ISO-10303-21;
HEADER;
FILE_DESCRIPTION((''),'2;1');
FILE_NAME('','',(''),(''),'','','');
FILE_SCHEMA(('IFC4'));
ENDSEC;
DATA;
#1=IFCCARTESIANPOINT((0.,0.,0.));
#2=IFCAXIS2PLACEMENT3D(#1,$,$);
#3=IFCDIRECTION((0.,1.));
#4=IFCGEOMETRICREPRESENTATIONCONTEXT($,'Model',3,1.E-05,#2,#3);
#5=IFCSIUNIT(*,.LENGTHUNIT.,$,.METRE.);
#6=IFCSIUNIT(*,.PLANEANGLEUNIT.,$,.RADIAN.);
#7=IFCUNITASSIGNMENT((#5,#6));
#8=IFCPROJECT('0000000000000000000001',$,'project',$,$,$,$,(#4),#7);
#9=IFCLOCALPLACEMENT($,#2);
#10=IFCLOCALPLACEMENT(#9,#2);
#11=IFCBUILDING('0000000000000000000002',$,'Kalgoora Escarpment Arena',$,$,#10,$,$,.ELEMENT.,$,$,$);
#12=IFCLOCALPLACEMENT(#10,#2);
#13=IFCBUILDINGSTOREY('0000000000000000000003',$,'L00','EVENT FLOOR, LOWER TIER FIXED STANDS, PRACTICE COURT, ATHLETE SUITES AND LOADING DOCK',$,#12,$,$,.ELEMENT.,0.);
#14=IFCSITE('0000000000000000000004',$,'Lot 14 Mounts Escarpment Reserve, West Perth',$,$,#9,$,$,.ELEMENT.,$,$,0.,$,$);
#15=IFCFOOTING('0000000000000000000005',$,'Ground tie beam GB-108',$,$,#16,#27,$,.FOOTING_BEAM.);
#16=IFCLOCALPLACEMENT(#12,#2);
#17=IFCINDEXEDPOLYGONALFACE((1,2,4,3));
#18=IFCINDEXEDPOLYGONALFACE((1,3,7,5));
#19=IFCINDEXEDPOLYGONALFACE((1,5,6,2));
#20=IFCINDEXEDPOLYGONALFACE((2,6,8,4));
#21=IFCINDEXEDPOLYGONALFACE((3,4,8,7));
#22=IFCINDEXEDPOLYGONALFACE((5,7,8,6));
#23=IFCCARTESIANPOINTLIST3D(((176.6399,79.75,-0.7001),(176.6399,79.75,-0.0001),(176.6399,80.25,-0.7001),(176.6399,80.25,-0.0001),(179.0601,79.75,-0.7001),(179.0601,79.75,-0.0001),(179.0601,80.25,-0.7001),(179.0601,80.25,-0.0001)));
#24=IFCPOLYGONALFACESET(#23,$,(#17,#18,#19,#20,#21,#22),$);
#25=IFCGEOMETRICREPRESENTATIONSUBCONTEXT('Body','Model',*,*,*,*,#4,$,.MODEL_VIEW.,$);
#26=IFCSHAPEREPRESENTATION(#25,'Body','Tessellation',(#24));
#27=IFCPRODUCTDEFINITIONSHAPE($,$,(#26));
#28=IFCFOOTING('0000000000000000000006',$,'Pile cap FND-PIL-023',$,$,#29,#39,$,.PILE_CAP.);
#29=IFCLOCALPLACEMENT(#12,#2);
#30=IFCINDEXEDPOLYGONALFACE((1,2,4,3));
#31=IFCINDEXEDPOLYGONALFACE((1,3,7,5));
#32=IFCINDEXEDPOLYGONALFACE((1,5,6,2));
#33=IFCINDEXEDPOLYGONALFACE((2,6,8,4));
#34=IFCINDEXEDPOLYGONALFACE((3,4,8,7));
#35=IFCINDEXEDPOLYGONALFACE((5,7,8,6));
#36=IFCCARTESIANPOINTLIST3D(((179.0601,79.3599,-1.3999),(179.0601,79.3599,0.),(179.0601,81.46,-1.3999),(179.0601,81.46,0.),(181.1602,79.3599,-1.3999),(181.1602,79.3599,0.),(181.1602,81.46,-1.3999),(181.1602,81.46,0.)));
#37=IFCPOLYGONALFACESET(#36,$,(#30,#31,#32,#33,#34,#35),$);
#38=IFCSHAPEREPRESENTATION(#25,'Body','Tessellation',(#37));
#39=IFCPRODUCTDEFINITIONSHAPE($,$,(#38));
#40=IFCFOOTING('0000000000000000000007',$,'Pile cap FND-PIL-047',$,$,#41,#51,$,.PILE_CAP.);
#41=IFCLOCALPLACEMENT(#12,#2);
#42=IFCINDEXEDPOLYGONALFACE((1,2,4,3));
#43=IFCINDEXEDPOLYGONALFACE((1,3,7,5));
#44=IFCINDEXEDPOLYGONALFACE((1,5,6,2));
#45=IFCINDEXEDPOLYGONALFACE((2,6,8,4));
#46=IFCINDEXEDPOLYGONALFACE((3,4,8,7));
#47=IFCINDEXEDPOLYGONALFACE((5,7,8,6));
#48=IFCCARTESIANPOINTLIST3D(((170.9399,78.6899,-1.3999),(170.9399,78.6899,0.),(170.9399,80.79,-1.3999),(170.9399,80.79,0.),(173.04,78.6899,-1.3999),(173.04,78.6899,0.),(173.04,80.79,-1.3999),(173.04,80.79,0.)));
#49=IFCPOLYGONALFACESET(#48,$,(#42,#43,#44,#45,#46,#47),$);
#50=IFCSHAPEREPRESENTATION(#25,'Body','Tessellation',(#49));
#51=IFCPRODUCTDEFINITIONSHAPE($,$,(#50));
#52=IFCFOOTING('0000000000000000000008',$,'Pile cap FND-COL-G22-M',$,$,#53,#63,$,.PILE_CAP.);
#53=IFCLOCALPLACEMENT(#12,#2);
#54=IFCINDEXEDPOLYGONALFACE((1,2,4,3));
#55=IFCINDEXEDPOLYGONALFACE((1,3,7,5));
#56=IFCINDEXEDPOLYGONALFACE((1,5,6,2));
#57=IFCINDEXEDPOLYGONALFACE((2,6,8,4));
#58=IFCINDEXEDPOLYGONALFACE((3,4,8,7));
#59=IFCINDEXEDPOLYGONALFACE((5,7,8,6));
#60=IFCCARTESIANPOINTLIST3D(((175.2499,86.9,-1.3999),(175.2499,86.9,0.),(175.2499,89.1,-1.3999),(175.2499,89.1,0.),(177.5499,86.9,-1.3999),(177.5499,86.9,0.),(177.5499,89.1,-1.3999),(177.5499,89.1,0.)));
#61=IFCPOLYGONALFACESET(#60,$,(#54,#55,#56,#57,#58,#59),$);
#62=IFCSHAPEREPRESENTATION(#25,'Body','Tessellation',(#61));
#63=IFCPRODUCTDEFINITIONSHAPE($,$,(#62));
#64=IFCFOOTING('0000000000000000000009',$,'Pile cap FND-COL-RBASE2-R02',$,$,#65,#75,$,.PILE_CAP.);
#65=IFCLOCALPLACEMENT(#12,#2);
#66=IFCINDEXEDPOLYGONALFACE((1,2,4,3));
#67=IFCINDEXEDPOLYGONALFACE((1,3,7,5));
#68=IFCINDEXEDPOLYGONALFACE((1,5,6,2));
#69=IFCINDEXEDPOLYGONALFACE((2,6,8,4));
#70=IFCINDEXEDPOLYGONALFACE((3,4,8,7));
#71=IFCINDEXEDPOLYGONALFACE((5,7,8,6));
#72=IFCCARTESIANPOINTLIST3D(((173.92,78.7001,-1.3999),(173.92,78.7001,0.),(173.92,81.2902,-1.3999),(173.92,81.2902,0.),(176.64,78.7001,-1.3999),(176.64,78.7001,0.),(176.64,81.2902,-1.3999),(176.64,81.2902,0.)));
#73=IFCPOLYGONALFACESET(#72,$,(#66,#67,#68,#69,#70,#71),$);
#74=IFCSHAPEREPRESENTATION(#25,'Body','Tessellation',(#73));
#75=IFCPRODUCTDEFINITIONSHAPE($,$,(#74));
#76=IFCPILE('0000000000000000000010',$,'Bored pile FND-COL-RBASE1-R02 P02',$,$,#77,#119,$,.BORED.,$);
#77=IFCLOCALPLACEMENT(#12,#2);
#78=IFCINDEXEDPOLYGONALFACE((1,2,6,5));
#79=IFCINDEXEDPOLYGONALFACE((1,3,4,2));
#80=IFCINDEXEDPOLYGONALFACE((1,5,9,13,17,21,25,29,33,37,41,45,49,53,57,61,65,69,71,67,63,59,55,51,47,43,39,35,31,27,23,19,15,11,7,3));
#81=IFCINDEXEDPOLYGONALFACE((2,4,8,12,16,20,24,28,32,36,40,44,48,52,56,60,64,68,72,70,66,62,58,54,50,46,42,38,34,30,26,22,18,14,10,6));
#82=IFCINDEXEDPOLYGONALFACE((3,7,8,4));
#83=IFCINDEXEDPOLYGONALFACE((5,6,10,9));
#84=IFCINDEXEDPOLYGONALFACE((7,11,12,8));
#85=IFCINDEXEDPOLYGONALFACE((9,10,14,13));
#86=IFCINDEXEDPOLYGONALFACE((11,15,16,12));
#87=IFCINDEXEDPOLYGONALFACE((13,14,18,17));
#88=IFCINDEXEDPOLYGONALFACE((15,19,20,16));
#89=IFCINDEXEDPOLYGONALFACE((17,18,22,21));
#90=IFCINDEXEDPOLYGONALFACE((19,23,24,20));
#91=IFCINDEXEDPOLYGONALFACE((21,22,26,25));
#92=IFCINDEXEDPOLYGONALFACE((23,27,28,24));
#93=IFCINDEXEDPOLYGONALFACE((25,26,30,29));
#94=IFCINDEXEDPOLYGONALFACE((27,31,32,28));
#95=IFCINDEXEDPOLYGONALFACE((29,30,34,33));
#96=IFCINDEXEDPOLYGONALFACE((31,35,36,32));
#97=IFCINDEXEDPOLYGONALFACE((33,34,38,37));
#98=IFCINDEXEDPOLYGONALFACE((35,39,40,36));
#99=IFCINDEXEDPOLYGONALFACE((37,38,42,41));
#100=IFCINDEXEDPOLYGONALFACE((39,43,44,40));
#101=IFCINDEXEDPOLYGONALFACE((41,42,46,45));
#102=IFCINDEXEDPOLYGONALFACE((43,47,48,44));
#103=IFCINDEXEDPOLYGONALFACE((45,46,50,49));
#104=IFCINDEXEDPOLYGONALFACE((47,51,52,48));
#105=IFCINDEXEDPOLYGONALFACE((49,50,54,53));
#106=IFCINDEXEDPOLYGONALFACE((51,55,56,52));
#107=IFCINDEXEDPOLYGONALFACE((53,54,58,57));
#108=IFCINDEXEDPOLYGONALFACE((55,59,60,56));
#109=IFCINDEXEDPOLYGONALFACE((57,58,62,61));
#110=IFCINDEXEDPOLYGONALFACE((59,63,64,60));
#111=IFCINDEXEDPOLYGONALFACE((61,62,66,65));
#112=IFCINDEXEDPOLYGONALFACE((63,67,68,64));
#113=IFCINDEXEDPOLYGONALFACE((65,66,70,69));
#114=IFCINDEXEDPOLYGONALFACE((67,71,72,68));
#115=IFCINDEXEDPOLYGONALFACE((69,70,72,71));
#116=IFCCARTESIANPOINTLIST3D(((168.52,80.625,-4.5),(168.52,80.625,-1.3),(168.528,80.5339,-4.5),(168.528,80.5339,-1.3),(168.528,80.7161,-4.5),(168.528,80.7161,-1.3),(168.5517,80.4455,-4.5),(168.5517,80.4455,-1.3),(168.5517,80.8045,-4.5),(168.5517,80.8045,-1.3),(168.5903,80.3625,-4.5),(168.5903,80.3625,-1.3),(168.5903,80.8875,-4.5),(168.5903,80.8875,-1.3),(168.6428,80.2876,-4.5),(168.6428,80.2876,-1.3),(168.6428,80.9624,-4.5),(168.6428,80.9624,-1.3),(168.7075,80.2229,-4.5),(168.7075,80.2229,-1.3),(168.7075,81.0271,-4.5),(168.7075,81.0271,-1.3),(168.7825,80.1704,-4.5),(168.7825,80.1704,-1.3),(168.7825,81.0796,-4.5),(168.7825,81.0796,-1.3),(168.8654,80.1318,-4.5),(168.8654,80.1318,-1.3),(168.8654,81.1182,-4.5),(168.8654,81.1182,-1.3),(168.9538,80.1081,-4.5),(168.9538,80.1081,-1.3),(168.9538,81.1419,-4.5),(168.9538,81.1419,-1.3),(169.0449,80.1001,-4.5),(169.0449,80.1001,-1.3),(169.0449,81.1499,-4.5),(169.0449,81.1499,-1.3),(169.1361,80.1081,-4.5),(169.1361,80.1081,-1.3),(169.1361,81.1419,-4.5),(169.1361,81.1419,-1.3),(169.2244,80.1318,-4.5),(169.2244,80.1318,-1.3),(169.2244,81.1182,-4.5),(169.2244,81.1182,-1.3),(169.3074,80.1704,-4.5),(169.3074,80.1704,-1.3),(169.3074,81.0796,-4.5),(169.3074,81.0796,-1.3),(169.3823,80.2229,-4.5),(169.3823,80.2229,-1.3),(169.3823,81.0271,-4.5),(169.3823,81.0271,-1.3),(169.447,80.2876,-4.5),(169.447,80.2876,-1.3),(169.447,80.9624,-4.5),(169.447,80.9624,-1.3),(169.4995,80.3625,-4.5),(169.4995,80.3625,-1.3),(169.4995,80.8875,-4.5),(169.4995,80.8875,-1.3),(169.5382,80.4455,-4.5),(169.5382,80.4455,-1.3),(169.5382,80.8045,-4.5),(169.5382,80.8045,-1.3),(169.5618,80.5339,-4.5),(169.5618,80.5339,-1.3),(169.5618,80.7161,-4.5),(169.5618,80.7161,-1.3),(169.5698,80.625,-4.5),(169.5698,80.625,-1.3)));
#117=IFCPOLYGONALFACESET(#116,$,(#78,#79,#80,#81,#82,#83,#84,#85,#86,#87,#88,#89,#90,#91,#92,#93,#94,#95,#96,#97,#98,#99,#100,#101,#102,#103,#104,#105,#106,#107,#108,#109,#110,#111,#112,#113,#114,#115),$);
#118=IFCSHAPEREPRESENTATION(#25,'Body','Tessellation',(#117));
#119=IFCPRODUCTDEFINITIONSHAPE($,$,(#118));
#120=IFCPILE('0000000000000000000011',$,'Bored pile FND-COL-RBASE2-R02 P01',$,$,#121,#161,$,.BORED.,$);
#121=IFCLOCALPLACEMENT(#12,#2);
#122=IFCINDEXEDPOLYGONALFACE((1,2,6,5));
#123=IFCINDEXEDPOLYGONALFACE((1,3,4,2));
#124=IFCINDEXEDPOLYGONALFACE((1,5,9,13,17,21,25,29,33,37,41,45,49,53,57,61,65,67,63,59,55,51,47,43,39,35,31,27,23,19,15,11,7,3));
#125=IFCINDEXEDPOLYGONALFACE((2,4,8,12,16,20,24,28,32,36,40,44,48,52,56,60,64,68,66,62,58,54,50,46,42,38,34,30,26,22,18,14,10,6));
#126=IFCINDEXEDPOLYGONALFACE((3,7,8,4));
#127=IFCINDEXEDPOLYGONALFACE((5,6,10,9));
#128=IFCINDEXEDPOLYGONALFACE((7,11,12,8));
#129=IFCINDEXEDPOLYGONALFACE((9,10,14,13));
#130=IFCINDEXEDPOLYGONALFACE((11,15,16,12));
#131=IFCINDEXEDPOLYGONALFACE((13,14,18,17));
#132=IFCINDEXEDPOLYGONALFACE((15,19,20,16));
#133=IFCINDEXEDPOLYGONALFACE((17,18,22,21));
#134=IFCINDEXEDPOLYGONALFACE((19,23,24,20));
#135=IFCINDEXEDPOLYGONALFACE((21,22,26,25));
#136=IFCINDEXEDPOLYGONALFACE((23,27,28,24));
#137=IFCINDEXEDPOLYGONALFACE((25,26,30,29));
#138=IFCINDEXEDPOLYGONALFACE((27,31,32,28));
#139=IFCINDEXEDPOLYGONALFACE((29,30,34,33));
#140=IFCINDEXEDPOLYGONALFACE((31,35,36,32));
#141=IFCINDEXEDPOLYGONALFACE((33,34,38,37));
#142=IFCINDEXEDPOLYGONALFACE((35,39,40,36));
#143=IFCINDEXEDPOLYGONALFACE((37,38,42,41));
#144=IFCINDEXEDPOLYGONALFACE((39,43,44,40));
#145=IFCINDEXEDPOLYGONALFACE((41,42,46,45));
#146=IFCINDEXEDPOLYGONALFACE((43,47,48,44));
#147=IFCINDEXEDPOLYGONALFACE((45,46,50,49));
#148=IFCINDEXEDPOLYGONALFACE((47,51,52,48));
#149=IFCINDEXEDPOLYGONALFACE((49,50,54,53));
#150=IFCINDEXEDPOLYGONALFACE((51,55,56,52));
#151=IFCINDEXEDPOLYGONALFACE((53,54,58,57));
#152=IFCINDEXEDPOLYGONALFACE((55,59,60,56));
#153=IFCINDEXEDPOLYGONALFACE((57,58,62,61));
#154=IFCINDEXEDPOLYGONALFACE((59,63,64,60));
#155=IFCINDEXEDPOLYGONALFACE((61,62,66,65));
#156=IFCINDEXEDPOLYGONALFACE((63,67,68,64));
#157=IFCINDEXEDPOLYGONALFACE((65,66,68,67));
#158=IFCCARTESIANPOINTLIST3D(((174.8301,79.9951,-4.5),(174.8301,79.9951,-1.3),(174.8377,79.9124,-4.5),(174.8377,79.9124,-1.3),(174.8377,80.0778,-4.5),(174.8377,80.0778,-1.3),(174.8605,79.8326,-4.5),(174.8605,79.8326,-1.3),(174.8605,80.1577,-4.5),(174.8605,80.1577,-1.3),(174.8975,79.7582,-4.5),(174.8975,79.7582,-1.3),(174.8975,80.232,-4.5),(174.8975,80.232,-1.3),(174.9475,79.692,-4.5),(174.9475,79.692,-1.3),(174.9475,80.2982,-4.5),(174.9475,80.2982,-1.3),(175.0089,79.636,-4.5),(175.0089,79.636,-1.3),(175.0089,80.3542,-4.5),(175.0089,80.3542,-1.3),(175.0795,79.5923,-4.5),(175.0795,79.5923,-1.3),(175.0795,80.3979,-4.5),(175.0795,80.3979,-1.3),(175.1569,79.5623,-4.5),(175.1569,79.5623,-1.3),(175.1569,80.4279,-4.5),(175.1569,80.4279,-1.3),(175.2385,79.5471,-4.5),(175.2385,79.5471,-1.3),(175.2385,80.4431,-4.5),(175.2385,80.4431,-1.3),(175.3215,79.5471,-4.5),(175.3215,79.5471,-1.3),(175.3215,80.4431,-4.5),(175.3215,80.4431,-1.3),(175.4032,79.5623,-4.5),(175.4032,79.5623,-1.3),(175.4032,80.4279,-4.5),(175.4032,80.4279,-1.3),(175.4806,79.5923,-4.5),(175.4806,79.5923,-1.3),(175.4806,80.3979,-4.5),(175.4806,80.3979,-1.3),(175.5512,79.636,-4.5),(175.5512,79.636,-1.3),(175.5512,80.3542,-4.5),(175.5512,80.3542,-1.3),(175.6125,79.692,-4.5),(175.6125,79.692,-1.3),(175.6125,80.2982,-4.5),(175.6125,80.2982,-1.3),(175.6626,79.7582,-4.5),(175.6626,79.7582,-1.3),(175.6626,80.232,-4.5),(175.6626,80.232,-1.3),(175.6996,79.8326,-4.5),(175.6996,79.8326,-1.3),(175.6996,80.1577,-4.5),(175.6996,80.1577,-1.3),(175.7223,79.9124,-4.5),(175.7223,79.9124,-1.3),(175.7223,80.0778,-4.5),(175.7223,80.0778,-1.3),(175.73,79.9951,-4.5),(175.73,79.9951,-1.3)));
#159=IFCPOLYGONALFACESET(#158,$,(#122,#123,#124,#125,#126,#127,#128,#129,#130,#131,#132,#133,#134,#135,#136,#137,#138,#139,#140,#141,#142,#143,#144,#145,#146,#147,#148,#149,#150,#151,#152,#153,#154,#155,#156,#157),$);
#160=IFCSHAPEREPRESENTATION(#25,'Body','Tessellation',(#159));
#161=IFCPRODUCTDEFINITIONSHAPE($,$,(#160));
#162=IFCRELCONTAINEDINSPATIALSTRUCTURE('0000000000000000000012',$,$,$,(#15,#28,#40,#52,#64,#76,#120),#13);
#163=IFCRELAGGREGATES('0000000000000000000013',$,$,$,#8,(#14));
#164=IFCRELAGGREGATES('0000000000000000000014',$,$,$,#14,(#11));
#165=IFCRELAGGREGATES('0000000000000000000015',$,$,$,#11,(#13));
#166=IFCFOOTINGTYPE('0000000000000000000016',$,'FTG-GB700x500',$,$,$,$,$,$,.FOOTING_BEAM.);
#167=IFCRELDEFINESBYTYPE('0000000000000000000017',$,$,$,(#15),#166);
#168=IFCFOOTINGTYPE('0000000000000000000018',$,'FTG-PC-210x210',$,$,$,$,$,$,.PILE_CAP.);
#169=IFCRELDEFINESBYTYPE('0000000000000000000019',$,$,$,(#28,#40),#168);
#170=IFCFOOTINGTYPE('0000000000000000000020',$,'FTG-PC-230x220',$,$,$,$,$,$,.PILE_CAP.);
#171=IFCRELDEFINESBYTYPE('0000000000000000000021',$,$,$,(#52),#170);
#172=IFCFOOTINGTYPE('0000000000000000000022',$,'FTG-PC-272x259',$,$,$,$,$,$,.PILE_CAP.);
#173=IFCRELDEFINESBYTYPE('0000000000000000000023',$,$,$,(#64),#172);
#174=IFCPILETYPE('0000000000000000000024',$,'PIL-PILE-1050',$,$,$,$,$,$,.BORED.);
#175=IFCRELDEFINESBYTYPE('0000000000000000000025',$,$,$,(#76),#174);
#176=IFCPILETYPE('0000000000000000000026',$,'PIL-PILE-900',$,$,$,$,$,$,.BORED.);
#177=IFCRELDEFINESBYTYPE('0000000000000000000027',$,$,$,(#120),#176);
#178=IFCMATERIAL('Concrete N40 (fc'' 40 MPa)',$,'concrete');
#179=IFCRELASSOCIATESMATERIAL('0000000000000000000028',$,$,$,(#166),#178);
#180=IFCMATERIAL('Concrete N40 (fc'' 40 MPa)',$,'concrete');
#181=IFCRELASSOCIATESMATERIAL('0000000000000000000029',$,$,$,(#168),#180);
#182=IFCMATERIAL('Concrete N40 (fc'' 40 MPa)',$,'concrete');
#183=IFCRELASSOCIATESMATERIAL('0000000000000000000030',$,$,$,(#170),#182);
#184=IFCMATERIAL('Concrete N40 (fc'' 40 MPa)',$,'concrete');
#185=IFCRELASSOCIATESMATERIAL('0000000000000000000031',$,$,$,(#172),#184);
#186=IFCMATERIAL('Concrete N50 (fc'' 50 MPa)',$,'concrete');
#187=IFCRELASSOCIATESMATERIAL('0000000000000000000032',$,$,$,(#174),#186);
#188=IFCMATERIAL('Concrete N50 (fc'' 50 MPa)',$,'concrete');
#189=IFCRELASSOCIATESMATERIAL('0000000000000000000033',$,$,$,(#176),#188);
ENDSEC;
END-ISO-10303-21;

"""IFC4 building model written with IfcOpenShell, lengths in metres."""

from ifc_helpers import new_model, si_unit, direction, frame, origin, origin_2d, place, context, subcontext, project, spatial, rectangle, circle, extrude, material, material_profile, profile_set, type_object, element, save


model = new_model("IFC4")

# Units and contexts
model_context = context("Model", 3, precision=1e-05, world=origin(), true_north=direction((0.0, 1.0)))
body_context = subcontext(model_context, "Body", "Model", "MODEL_VIEW")
ifc_project = project(units=[si_unit("LENGTHUNIT", "METRE"), si_unit("PLANEANGLEUNIT", "RADIAN")], contexts=[model_context])

# Site, building, storey
site_placement = place(None, origin())
site = spatial("IfcSite", under=ifc_project, at=site_placement, Name="Lot 14 Mounts Escarpment Reserve, West Perth", CompositionType="ELEMENT", RefElevation=0.0)
building_placement = place(site_placement, origin())
building = spatial("IfcBuilding", under=site, at=building_placement, Name="Kalgoora Escarpment Arena", CompositionType="ELEMENT")
storey_placement = place(building_placement, origin())
storey = spatial("IfcBuildingStorey", under=building, at=storey_placement, Name="L00", Description="EVENT FLOOR, LOWER TIER FIXED STANDS, PRACTICE COURT, ATHLETE SUITES AND LOADING DOCK", CompositionType="ELEMENT", Elevation=0.0)

# Footings
ifc_material_1 = material(Name="Concrete N40 (fc' 40 MPa)", Category="concrete")
ifc_material_profile_1 = material_profile(ifc_material_1, rectangle(XDim=0.5, YDim=0.7, at=origin_2d()))
ifc_profile_set_1 = profile_set([ifc_material_profile_1], Name="Concrete N40 (fc' 40 MPa)")
footing_type_1 = type_object("IfcFootingType", Name="FTG-GB700x500", PredefinedType="FOOTING_BEAM", material=ifc_profile_set_1)
footing_1_placement = place(storey_placement, frame((176.6399, 80.0, -0.3501), z_axis=(1.0, 0.0, 0.0), x_axis=(0.0, 1.0, 0.0)))
element("IfcFooting", 1, at=footing_1_placement, inside=storey, type_object=footing_type_1, Name="Ground tie beam GB-108", PredefinedType="FOOTING_BEAM", context=body_context, shape_type="SweptSolid", body=[
    extrude(rectangle(XDim=0.5, YDim=0.7, at=origin_2d()), origin(), (0.0, 0.0, 1.0), 2.4202),
])
ifc_material_2 = material(Name="Concrete N40 (fc' 40 MPa)", Category="concrete")
footing_type_2 = type_object("IfcFootingType", Name="FTG-PC-210x210", PredefinedType="PILE_CAP", material=ifc_material_2)
for number, where, z_axis, x_axis, name in (
    (2, (180.1101, 80.4099, -1.3999), (0.0, 0.0, 1.0), (1.0, 0.0, 0.0), "Pile cap FND-PIL-023"),
    (3, (171.99, 79.74, -1.3999), (0.0, 0.0, 1.0), (1.0, 0.0, 0.0), "Pile cap FND-PIL-047"),
):
    element("IfcFooting", number, at=place(storey_placement, frame(where, z_axis=z_axis, x_axis=x_axis)), inside=storey, type_object=footing_type_2, Name=name, PredefinedType="PILE_CAP", context=body_context, shape_type="SweptSolid", body=[
        extrude(rectangle(XDim=2.1001, YDim=2.1001, at=origin_2d()), origin(), (0.0, 0.0, 1.0), 1.3999),
    ])
ifc_material_3 = material(Name="Concrete N40 (fc' 40 MPa)", Category="concrete")
footing_type_3 = type_object("IfcFootingType", Name="FTG-PC-230x220", PredefinedType="PILE_CAP", material=ifc_material_3)
footing_2_placement = place(storey_placement, frame((176.3999, 88.0, -1.3999), z_axis=(0.0, 0.0, 1.0), x_axis=(1.0, 0.0, 0.0)))
element("IfcFooting", 4, at=footing_2_placement, inside=storey, type_object=footing_type_3, Name="Pile cap FND-COL-G22-M", PredefinedType="PILE_CAP", context=body_context, shape_type="SweptSolid", body=[
    extrude(rectangle(XDim=2.3, YDim=2.2, at=origin_2d()), origin(), (0.0, 0.0, 1.0), 1.3999),
])
ifc_material_4 = material(Name="Concrete N40 (fc' 40 MPa)", Category="concrete")
footing_type_4 = type_object("IfcFootingType", Name="FTG-PC-272x259", PredefinedType="PILE_CAP", material=ifc_material_4)
footing_3_placement = place(storey_placement, frame((175.28, 79.9951, -1.3999), z_axis=(0.0, 0.0, 1.0), x_axis=(1.0, 0.0, 0.0)))
element("IfcFooting", 5, at=footing_3_placement, inside=storey, type_object=footing_type_4, Name="Pile cap FND-COL-RBASE2-R02", PredefinedType="PILE_CAP", context=body_context, shape_type="SweptSolid", body=[
    extrude(rectangle(XDim=2.72, YDim=2.5901, at=origin_2d()), origin(), (0.0, 0.0, 1.0), 1.3999),
])

# Piles
ifc_material_5 = material(Name="Concrete N50 (fc' 50 MPa)", Category="concrete")
ifc_material_profile_2 = material_profile(ifc_material_5, circle(Radius=0.5249, at=origin_2d()))
ifc_profile_set_2 = profile_set([ifc_material_profile_2], Name="Concrete N50 (fc' 50 MPa)")
pile_type_1 = type_object("IfcPileType", Name="PIL-PILE-1050", PredefinedType="BORED", material=ifc_profile_set_2)
pile_placement = place(storey_placement, frame((169.0449, 80.625, -1.3), z_axis=(0.0, 0.0, -1.0), x_axis=(1.0, 0.0, 0.0)))
element("IfcPile", 6, at=pile_placement, inside=storey, type_object=pile_type_1, Name="Bored pile FND-COL-RBASE1-R02 P02", PredefinedType="BORED", context=body_context, shape_type="SweptSolid", body=[
    extrude(circle(Radius=0.5249, at=origin_2d()), origin(), (0.0, 0.0, 1.0), 3.2),
])
ifc_material_6 = material(Name="Concrete N50 (fc' 50 MPa)", Category="concrete")
ifc_material_profile_3 = material_profile(ifc_material_6, circle(Radius=0.45, at=origin_2d()))
ifc_profile_set_3 = profile_set([ifc_material_profile_3], Name="Concrete N50 (fc' 50 MPa)")
pile_type_2 = type_object("IfcPileType", Name="PIL-PILE-900", PredefinedType="BORED", material=ifc_profile_set_3)
for number, where, z_axis, x_axis, name in (
    (7, (175.28, 79.9951, -1.3), (0.0, 0.0, -1.0), (1.0, 0.0, 0.0), "Bored pile FND-COL-RBASE2-R02 P01"),
):
    element("IfcPile", number, at=place(storey_placement, frame(where, z_axis=z_axis, x_axis=x_axis)), inside=storey, type_object=pile_type_2, Name=name, PredefinedType="BORED", context=body_context, shape_type="SweptSolid", body=[
        extrude(circle(Radius=0.45, at=origin_2d()), origin(), (0.0, 0.0, 1.0), 3.2),
    ])

save(model, "model.ifc")
